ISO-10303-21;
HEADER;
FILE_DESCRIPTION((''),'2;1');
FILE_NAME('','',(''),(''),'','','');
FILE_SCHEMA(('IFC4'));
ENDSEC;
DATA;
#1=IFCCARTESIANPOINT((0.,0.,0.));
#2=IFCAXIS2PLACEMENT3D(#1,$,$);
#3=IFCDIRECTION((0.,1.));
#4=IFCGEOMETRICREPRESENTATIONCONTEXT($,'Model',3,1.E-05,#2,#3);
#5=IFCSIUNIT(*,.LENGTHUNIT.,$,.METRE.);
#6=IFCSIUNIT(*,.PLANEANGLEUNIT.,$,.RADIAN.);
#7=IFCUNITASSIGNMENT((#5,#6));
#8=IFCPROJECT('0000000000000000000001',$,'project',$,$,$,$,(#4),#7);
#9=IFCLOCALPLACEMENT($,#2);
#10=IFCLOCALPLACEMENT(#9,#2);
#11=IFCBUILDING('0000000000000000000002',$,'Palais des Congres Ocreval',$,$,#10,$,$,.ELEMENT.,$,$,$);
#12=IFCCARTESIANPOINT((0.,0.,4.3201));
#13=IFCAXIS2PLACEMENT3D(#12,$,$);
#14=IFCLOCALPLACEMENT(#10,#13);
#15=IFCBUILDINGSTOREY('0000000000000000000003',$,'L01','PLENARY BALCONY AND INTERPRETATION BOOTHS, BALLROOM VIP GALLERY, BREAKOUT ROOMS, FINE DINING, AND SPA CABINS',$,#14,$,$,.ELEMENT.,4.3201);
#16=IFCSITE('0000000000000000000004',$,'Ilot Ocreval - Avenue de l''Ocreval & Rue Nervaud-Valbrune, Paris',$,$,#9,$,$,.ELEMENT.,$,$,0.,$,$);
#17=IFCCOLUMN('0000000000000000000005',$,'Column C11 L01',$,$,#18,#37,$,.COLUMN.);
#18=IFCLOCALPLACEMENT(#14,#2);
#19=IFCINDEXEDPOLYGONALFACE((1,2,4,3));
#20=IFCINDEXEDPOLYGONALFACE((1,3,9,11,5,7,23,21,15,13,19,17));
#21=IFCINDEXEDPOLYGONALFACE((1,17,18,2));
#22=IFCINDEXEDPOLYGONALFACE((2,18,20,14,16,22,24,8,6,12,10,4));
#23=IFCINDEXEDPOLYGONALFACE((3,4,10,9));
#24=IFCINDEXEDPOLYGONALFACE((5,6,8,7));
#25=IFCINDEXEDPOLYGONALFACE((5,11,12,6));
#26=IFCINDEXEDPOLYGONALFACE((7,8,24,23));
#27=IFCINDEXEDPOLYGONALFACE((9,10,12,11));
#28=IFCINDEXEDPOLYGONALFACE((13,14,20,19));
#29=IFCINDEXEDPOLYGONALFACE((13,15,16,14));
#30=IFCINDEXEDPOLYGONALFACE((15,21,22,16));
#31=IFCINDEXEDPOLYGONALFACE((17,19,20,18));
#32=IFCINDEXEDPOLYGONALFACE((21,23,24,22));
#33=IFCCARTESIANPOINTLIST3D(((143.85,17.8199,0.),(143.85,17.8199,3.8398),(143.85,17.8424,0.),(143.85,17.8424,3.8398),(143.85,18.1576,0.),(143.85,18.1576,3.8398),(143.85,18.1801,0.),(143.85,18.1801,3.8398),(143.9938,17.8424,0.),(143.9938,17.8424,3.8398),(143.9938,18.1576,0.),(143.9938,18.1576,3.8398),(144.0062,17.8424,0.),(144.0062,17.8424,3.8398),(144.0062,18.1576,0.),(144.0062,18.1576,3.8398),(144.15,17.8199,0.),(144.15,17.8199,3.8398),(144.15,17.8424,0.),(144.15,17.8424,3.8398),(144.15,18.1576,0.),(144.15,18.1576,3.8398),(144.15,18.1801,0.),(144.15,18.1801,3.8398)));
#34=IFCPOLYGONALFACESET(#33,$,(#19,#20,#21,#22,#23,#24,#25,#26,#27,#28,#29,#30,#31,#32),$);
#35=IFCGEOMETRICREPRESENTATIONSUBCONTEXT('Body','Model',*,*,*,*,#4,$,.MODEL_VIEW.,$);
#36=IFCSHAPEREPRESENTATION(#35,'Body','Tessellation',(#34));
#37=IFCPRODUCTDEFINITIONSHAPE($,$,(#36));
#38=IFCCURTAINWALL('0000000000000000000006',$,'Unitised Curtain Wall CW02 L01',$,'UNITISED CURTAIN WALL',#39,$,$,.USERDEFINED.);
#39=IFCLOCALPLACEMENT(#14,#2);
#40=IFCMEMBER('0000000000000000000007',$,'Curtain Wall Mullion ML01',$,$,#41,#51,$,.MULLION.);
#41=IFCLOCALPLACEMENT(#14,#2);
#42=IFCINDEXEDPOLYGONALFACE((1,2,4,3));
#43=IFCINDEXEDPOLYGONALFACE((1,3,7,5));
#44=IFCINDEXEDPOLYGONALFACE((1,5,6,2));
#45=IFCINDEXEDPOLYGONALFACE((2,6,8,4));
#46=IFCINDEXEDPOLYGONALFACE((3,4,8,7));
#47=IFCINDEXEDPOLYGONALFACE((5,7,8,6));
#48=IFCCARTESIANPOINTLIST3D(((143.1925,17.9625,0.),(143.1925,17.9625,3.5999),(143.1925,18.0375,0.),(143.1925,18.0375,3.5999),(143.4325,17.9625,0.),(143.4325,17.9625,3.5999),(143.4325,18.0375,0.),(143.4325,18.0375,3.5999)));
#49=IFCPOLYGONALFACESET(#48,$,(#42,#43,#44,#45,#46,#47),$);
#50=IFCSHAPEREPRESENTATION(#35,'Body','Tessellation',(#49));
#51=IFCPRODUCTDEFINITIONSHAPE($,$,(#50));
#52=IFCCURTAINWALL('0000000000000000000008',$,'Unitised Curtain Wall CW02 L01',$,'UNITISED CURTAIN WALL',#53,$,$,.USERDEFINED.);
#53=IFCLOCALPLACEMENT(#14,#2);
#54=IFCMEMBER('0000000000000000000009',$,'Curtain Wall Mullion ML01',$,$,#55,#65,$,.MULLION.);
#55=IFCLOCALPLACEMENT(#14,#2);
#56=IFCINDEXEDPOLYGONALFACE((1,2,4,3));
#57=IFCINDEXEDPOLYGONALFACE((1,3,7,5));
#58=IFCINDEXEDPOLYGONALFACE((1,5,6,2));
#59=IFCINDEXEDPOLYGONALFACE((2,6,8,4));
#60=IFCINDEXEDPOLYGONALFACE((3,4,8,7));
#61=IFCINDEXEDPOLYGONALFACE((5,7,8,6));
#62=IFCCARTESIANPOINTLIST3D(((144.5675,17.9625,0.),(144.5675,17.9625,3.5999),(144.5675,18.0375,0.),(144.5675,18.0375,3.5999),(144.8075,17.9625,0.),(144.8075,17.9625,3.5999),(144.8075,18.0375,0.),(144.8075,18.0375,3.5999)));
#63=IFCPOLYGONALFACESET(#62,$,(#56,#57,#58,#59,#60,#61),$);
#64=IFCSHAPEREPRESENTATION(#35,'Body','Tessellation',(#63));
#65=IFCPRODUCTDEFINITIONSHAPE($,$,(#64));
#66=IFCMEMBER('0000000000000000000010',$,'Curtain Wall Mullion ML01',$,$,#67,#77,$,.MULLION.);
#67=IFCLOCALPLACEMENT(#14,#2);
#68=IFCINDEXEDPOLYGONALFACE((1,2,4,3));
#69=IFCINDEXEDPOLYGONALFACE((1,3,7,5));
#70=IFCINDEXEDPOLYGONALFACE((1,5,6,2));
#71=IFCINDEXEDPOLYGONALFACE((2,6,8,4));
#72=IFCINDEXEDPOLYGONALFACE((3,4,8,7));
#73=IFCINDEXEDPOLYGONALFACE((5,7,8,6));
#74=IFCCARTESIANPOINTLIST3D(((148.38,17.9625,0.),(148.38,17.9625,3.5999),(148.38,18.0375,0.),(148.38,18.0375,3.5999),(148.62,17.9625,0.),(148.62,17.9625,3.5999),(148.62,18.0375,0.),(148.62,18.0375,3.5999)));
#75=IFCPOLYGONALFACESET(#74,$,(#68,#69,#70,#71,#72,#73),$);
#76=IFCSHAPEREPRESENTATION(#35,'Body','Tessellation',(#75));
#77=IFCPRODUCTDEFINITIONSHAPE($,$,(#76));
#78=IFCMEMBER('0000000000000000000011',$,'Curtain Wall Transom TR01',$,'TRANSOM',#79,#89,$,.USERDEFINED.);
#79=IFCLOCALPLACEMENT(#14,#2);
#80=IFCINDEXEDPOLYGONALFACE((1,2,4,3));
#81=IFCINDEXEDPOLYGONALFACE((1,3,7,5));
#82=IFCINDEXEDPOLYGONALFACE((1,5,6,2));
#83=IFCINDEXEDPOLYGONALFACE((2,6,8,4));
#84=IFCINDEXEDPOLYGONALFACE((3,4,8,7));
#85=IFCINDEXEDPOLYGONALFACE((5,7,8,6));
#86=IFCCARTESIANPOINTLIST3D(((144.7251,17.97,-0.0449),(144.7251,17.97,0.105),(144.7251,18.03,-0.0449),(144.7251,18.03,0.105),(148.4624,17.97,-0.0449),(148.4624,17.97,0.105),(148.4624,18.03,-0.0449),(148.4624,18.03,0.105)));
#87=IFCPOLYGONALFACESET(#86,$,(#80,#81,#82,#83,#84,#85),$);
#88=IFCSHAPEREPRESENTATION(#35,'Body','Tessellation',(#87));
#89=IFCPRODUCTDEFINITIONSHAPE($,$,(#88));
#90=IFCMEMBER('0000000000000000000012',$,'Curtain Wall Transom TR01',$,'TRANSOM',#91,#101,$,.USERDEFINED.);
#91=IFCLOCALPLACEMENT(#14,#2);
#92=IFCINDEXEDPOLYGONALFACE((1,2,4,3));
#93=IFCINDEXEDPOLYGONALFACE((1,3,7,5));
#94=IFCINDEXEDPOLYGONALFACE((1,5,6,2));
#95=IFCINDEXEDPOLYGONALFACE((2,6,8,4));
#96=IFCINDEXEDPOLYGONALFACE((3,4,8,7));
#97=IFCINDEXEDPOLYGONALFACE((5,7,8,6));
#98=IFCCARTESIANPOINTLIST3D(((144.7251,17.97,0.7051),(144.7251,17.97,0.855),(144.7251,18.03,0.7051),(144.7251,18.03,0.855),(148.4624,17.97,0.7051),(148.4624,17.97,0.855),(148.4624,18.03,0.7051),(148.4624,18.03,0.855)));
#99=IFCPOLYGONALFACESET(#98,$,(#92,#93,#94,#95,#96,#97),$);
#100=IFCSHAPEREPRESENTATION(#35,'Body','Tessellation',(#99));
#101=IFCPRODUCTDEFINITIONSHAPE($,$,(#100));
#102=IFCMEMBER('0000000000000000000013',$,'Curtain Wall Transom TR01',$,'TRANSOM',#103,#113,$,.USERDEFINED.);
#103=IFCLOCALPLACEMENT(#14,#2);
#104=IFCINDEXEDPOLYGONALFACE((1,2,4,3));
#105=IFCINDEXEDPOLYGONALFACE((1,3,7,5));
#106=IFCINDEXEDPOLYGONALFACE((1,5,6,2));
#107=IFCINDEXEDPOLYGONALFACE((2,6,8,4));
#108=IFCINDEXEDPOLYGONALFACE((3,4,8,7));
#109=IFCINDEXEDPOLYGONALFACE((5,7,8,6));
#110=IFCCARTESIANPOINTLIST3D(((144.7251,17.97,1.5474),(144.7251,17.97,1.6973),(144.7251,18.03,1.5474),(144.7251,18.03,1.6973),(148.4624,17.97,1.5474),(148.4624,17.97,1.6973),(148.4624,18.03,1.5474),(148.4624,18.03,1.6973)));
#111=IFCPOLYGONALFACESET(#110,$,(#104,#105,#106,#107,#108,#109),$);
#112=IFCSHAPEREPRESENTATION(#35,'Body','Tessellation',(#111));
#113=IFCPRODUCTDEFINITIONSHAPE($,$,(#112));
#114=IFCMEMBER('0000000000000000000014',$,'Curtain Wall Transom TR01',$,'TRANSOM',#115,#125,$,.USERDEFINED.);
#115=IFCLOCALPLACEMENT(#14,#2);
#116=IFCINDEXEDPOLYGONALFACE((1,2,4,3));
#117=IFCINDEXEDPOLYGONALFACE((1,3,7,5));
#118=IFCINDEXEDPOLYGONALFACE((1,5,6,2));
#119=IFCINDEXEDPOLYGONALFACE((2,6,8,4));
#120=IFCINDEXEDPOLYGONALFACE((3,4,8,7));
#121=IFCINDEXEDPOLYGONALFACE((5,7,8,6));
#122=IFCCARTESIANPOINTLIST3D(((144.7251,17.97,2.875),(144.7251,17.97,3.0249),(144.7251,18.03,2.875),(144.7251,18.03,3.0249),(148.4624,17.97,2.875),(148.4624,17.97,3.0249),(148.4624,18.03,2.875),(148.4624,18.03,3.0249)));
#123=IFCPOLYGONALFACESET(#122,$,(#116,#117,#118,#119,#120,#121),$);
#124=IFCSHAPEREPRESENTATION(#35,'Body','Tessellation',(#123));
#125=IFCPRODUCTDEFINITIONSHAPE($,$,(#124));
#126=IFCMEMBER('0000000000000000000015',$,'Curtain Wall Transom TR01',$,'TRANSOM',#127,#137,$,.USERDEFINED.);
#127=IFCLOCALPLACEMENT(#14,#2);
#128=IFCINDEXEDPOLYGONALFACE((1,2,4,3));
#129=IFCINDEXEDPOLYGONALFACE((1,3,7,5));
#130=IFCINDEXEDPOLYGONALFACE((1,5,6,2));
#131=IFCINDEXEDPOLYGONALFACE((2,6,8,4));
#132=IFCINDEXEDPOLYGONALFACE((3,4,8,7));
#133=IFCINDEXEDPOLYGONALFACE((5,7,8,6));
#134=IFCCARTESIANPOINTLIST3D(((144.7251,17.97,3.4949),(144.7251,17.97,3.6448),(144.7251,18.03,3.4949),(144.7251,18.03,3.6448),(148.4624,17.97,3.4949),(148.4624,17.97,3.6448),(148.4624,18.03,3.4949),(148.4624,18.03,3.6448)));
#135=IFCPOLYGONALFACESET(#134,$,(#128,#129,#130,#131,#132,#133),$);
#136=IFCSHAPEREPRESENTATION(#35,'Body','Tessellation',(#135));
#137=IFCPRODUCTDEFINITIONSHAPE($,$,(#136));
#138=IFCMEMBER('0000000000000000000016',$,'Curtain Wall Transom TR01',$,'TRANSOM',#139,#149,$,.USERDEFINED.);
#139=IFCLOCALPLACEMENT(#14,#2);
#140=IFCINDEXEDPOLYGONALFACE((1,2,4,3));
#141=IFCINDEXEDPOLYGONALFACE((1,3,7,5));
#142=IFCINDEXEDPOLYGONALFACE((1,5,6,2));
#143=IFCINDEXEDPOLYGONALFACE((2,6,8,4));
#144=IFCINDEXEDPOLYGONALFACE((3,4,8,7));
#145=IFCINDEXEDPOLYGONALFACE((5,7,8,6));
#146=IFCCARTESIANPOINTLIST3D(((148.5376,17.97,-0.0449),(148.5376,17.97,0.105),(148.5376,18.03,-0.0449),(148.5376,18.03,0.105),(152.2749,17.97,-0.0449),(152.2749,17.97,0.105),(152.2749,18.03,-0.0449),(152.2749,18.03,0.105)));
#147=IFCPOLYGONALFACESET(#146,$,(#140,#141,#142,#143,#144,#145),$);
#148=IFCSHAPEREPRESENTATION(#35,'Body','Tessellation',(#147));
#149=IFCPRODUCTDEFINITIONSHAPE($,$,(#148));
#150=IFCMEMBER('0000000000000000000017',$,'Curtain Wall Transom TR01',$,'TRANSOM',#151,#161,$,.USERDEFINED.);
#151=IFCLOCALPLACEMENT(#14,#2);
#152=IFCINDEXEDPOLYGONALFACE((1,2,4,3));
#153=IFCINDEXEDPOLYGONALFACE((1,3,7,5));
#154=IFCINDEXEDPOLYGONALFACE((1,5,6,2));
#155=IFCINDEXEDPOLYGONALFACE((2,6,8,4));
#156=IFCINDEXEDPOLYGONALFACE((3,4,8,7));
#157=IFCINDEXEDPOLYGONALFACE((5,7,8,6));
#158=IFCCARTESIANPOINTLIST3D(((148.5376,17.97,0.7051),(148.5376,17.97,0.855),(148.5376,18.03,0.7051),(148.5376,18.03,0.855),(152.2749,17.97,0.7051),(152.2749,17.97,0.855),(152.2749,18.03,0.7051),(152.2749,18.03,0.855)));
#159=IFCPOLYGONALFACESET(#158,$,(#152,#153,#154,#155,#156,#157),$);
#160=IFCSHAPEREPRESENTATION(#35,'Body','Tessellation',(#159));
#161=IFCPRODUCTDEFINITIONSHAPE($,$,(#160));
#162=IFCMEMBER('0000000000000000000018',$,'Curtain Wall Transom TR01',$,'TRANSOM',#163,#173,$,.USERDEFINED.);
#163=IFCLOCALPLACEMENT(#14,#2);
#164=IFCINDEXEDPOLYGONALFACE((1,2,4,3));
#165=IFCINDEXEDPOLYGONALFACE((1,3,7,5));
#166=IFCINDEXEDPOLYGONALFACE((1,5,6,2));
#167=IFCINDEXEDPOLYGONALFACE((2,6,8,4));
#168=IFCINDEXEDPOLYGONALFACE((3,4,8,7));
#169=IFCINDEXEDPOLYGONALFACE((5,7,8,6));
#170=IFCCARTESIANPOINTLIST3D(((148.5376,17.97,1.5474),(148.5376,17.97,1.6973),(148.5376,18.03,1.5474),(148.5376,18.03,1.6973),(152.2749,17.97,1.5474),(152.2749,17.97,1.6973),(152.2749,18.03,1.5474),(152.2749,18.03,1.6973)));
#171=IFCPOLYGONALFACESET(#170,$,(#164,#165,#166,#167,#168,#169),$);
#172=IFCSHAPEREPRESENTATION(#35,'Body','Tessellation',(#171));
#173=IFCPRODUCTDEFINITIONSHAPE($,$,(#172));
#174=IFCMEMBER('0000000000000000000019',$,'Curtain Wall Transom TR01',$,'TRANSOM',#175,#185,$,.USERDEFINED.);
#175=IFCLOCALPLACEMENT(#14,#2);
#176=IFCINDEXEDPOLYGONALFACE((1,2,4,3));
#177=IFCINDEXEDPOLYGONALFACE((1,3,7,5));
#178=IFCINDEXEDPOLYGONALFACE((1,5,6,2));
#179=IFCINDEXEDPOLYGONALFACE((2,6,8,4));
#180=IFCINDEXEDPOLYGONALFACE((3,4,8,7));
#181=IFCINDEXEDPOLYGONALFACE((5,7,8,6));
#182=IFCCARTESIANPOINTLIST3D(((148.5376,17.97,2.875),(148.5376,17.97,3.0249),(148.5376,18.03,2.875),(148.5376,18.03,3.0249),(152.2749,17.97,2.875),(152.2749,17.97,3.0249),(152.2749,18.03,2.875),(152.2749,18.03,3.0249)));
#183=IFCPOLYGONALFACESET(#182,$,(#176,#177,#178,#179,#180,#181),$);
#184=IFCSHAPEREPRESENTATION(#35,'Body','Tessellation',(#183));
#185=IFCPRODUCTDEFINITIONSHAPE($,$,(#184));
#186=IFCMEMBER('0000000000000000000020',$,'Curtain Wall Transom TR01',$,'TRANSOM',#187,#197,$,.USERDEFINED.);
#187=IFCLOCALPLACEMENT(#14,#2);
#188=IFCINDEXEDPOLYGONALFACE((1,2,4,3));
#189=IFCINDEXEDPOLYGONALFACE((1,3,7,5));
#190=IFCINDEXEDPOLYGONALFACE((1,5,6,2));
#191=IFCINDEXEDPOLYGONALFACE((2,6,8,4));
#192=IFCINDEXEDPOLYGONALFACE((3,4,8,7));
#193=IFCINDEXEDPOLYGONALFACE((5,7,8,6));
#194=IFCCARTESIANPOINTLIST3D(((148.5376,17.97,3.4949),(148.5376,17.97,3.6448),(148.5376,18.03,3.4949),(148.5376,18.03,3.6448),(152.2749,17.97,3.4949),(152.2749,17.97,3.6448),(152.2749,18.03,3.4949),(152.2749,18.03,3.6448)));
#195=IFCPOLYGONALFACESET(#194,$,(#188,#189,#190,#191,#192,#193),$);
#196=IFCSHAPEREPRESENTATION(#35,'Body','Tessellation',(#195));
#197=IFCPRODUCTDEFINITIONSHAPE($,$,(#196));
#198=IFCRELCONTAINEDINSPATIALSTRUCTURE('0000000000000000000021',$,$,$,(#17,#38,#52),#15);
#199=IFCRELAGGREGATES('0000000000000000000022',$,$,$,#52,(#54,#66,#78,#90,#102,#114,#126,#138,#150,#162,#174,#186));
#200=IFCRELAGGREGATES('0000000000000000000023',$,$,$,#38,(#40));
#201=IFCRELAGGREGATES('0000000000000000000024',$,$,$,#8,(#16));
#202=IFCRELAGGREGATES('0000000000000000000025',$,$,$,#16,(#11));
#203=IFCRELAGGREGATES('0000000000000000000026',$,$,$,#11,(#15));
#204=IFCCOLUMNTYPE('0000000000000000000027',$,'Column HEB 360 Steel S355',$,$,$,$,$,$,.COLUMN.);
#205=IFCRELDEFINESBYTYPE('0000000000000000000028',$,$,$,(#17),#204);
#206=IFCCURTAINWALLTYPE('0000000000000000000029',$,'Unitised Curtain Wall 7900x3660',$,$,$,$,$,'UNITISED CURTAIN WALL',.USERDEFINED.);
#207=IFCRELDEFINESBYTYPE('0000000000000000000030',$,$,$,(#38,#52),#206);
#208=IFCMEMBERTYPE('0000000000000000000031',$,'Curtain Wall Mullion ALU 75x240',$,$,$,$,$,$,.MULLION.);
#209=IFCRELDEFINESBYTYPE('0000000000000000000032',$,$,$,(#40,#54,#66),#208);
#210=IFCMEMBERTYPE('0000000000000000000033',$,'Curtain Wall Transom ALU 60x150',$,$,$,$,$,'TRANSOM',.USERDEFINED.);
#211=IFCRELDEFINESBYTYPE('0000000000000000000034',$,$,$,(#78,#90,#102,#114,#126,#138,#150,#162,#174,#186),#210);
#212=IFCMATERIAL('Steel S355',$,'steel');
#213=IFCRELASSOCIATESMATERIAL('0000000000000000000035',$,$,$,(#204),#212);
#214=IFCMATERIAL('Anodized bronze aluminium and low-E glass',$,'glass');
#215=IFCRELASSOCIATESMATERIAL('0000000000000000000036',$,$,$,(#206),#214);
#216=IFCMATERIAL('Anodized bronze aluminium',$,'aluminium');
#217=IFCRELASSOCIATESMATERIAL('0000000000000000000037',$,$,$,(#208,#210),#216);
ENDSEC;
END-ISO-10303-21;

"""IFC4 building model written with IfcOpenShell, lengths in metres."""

from ifc_helpers import new_model, si_unit, direction, frame, origin, origin_2d, place, context, subcontext, project, spatial, rectangle, i_section, extrude, material, material_profile, profile_set, type_object, element, aggregate, save


model = new_model("IFC4")

# Units and contexts
model_context = context("Model", 3, precision=1e-05, world=origin(), true_north=direction((0.0, 1.0)))
body_context = subcontext(model_context, "Body", "Model", "MODEL_VIEW")
ifc_project = project(units=[si_unit("LENGTHUNIT", "METRE"), si_unit("PLANEANGLEUNIT", "RADIAN")], contexts=[model_context])

# Site, building, storey
site_placement = place(None, origin())
site = spatial("IfcSite", under=ifc_project, at=site_placement, Name="Ilot Ocreval - Avenue de l'Ocreval & Rue Nervaud-Valbrune, Paris", CompositionType="ELEMENT", RefElevation=0.0)
building_placement = place(site_placement, origin())
building = spatial("IfcBuilding", under=site, at=building_placement, Name="Palais des Congres Ocreval", CompositionType="ELEMENT")
storey_placement = place(building_placement, frame((0.0, 0.0, 4.3201)))
storey = spatial("IfcBuildingStorey", under=building, at=storey_placement, Name="L01", Description="PLENARY BALCONY AND INTERPRETATION BOOTHS, BALLROOM VIP GALLERY, BREAKOUT ROOMS, FINE DINING, AND SPA CABINS", CompositionType="ELEMENT", Elevation=4.3201)

# Column
ifc_material_1 = material(Name="Steel S355", Category="steel")
ifc_material_profile_1 = material_profile(ifc_material_1, i_section(OverallWidth=0.3, OverallDepth=0.3601, WebThickness=0.0125, FlangeThickness=0.0225, at=origin_2d()), Name="HEB 360")
ifc_profile_set_1 = profile_set([ifc_material_profile_1], Name="Steel S355")
column_type = type_object("IfcColumnType", Name="Column HEB 360 Steel S355", PredefinedType="COLUMN", material=ifc_profile_set_1)
column_placement = place(storey_placement, frame((144.0, 18.0, 0.0), z_axis=(0.0, 0.0, 1.0), x_axis=(1.0, 0.0, 0.0)))
element("IfcColumn", 1, at=column_placement, inside=storey, type_object=column_type, Name="Column C11 L01", PredefinedType="COLUMN", context=body_context, shape_type="SweptSolid", body=[
    extrude(i_section(OverallWidth=0.3, OverallDepth=0.3601, WebThickness=0.0125, FlangeThickness=0.0225, at=origin_2d()), origin(), (0.0, 0.0, 1.0), 3.8398),
])

# Curtain wall, member
ifc_material_2 = material(Name="Anodized bronze aluminium and low-E glass", Category="glass")
curtain_wall_type = type_object("IfcCurtainWallType", Name="Unitised Curtain Wall 7900x3660", ElementType="UNITISED CURTAIN WALL", PredefinedType="USERDEFINED", material=ifc_material_2)
curtain_wall_1_placement = place(storey_placement, origin())
curtain_wall_1 = element("IfcCurtainWall", 2, at=curtain_wall_1_placement, inside=storey, type_object=curtain_wall_type, Name="Unitised Curtain Wall CW02 L01", ObjectType="UNITISED CURTAIN WALL", PredefinedType="USERDEFINED")
ifc_material_3 = material(Name="Anodized bronze aluminium", Category="aluminium")
ifc_material_profile_2 = material_profile(ifc_material_3, rectangle(XDim=0.075, YDim=0.24, at=origin_2d()), Name="ALU 75x240")
ifc_profile_set_2 = profile_set([ifc_material_profile_2], Name="Anodized bronze aluminium")
member_type_1 = type_object("IfcMemberType", Name="Curtain Wall Mullion ALU 75x240", PredefinedType="MULLION", material=ifc_profile_set_2)
member_1_placement = place(storey_placement, frame((143.3125, 18.0, 0.0), z_axis=(0.0, 0.0, 1.0), x_axis=(0.0, 1.0, 0.0)))
member_1 = element("IfcMember", 3, at=member_1_placement, type_object=member_type_1, Name="Curtain Wall Mullion ML01", PredefinedType="MULLION", context=body_context, shape_type="SweptSolid", body=[
    extrude(rectangle(XDim=0.075, YDim=0.24, at=origin_2d()), origin(), (0.0, 0.0, 1.0), 3.5999),
])

# Curtain wall, members
curtain_wall_2_placement = place(storey_placement, origin())
curtain_wall_2 = element("IfcCurtainWall", 4, at=curtain_wall_2_placement, inside=storey, type_object=curtain_wall_type, Name="Unitised Curtain Wall CW02 L01", ObjectType="UNITISED CURTAIN WALL", PredefinedType="USERDEFINED")
member_2_placement = place(storey_placement, frame((144.6875, 18.0, 0.0), z_axis=(0.0, 0.0, 1.0), x_axis=(0.0, 1.0, 0.0)))
member_2 = element("IfcMember", 5, at=member_2_placement, type_object=member_type_1, Name="Curtain Wall Mullion ML01", PredefinedType="MULLION", context=body_context, shape_type="SweptSolid", body=[
    extrude(rectangle(XDim=0.075, YDim=0.24, at=origin_2d()), origin(), (0.0, 0.0, 1.0), 3.5999),
])
member_3_placement = place(storey_placement, frame((148.5, 18.0, 0.0), z_axis=(0.0, 0.0, 1.0), x_axis=(0.0, 1.0, 0.0)))
member_3 = element("IfcMember", 6, at=member_3_placement, type_object=member_type_1, Name="Curtain Wall Mullion ML01", PredefinedType="MULLION", context=body_context, shape_type="SweptSolid", body=[
    extrude(rectangle(XDim=0.075, YDim=0.24, at=origin_2d()), origin(), (0.0, 0.0, 1.0), 3.5999),
])
ifc_material_profile_3 = material_profile(ifc_material_3, rectangle(XDim=0.0601, YDim=0.1499, at=origin_2d()), Name="ALU 60x150")
ifc_profile_set_3 = profile_set([ifc_material_profile_3], Name="Anodized bronze aluminium")
member_type_2 = type_object("IfcMemberType", Name="Curtain Wall Transom ALU 60x150", ElementType="TRANSOM", PredefinedType="USERDEFINED", material=ifc_profile_set_3)
member_4_placement = place(storey_placement, frame((144.7251, 18.0, 0.03), z_axis=(1.0, 0.0, 0.0), x_axis=(0.0, 1.0, 0.0)))
member_4 = element("IfcMember", 7, at=member_4_placement, type_object=member_type_2, Name="Curtain Wall Transom TR01", ObjectType="TRANSOM", PredefinedType="USERDEFINED", context=body_context, shape_type="SweptSolid", body=[
    extrude(rectangle(XDim=0.0601, YDim=0.1499, at=origin_2d()), origin(), (0.0, 0.0, 1.0), 3.7373),
])
member_5_placement = place(storey_placement, frame((144.7251, 18.0, 0.78), z_axis=(1.0, 0.0, 0.0), x_axis=(0.0, 1.0, 0.0)))
member_5 = element("IfcMember", 8, at=member_5_placement, type_object=member_type_2, Name="Curtain Wall Transom TR01", ObjectType="TRANSOM", PredefinedType="USERDEFINED", context=body_context, shape_type="SweptSolid", body=[
    extrude(rectangle(XDim=0.0601, YDim=0.1499, at=origin_2d()), origin(), (0.0, 0.0, 1.0), 3.7373),
])
member_6_placement = place(storey_placement, frame((144.7251, 18.0, 1.6223), z_axis=(1.0, 0.0, 0.0), x_axis=(0.0, 1.0, 0.0)))
member_6 = element("IfcMember", 9, at=member_6_placement, type_object=member_type_2, Name="Curtain Wall Transom TR01", ObjectType="TRANSOM", PredefinedType="USERDEFINED", context=body_context, shape_type="SweptSolid", body=[
    extrude(rectangle(XDim=0.0601, YDim=0.1499, at=origin_2d()), origin(), (0.0, 0.0, 1.0), 3.7373),
])
member_7_placement = place(storey_placement, frame((144.7251, 18.0, 2.95), z_axis=(1.0, 0.0, 0.0), x_axis=(0.0, 1.0, 0.0)))
member_7 = element("IfcMember", 10, at=member_7_placement, type_object=member_type_2, Name="Curtain Wall Transom TR01", ObjectType="TRANSOM", PredefinedType="USERDEFINED", context=body_context, shape_type="SweptSolid", body=[
    extrude(rectangle(XDim=0.0601, YDim=0.1499, at=origin_2d()), origin(), (0.0, 0.0, 1.0), 3.7373),
])
member_8_placement = place(storey_placement, frame((144.7251, 18.0, 3.5698), z_axis=(1.0, 0.0, 0.0), x_axis=(0.0, 1.0, 0.0)))
member_8 = element("IfcMember", 11, at=member_8_placement, type_object=member_type_2, Name="Curtain Wall Transom TR01", ObjectType="TRANSOM", PredefinedType="USERDEFINED", context=body_context, shape_type="SweptSolid", body=[
    extrude(rectangle(XDim=0.0601, YDim=0.1499, at=origin_2d()), origin(), (0.0, 0.0, 1.0), 3.7373),
])
member_9_placement = place(storey_placement, frame((148.5376, 18.0, 0.03), z_axis=(1.0, 0.0, 0.0), x_axis=(0.0, 1.0, 0.0)))
member_9 = element("IfcMember", 12, at=member_9_placement, type_object=member_type_2, Name="Curtain Wall Transom TR01", ObjectType="TRANSOM", PredefinedType="USERDEFINED", context=body_context, shape_type="SweptSolid", body=[
    extrude(rectangle(XDim=0.0601, YDim=0.1499, at=origin_2d()), origin(), (0.0, 0.0, 1.0), 3.7373),
])
member_10_placement = place(storey_placement, frame((148.5376, 18.0, 0.78), z_axis=(1.0, 0.0, 0.0), x_axis=(0.0, 1.0, 0.0)))
member_10 = element("IfcMember", 13, at=member_10_placement, type_object=member_type_2, Name="Curtain Wall Transom TR01", ObjectType="TRANSOM", PredefinedType="USERDEFINED", context=body_context, shape_type="SweptSolid", body=[
    extrude(rectangle(XDim=0.0601, YDim=0.1499, at=origin_2d()), origin(), (0.0, 0.0, 1.0), 3.7373),
])
member_11_placement = place(storey_placement, frame((148.5376, 18.0, 1.6223), z_axis=(1.0, 0.0, 0.0), x_axis=(0.0, 1.0, 0.0)))
member_11 = element("IfcMember", 14, at=member_11_placement, type_object=member_type_2, Name="Curtain Wall Transom TR01", ObjectType="TRANSOM", PredefinedType="USERDEFINED", context=body_context, shape_type="SweptSolid", body=[
    extrude(rectangle(XDim=0.0601, YDim=0.1499, at=origin_2d()), origin(), (0.0, 0.0, 1.0), 3.7373),
])
member_12_placement = place(storey_placement, frame((148.5376, 18.0, 2.95), z_axis=(1.0, 0.0, 0.0), x_axis=(0.0, 1.0, 0.0)))
member_12 = element("IfcMember", 15, at=member_12_placement, type_object=member_type_2, Name="Curtain Wall Transom TR01", ObjectType="TRANSOM", PredefinedType="USERDEFINED", context=body_context, shape_type="SweptSolid", body=[
    extrude(rectangle(XDim=0.0601, YDim=0.1499, at=origin_2d()), origin(), (0.0, 0.0, 1.0), 3.7373),
])
member_13_placement = place(storey_placement, frame((148.5376, 18.0, 3.5698), z_axis=(1.0, 0.0, 0.0), x_axis=(0.0, 1.0, 0.0)))
member_13 = element("IfcMember", 16, at=member_13_placement, type_object=member_type_2, Name="Curtain Wall Transom TR01", ObjectType="TRANSOM", PredefinedType="USERDEFINED", context=body_context, shape_type="SweptSolid", body=[
    extrude(rectangle(XDim=0.0601, YDim=0.1499, at=origin_2d()), origin(), (0.0, 0.0, 1.0), 3.7373),
])

aggregate(curtain_wall_2, [member_2, member_3, member_4, member_5, member_6, member_7, member_8, member_9, member_10, member_11, member_12, member_13])
aggregate(curtain_wall_1, [member_1])

save(model, "model.ifc")
